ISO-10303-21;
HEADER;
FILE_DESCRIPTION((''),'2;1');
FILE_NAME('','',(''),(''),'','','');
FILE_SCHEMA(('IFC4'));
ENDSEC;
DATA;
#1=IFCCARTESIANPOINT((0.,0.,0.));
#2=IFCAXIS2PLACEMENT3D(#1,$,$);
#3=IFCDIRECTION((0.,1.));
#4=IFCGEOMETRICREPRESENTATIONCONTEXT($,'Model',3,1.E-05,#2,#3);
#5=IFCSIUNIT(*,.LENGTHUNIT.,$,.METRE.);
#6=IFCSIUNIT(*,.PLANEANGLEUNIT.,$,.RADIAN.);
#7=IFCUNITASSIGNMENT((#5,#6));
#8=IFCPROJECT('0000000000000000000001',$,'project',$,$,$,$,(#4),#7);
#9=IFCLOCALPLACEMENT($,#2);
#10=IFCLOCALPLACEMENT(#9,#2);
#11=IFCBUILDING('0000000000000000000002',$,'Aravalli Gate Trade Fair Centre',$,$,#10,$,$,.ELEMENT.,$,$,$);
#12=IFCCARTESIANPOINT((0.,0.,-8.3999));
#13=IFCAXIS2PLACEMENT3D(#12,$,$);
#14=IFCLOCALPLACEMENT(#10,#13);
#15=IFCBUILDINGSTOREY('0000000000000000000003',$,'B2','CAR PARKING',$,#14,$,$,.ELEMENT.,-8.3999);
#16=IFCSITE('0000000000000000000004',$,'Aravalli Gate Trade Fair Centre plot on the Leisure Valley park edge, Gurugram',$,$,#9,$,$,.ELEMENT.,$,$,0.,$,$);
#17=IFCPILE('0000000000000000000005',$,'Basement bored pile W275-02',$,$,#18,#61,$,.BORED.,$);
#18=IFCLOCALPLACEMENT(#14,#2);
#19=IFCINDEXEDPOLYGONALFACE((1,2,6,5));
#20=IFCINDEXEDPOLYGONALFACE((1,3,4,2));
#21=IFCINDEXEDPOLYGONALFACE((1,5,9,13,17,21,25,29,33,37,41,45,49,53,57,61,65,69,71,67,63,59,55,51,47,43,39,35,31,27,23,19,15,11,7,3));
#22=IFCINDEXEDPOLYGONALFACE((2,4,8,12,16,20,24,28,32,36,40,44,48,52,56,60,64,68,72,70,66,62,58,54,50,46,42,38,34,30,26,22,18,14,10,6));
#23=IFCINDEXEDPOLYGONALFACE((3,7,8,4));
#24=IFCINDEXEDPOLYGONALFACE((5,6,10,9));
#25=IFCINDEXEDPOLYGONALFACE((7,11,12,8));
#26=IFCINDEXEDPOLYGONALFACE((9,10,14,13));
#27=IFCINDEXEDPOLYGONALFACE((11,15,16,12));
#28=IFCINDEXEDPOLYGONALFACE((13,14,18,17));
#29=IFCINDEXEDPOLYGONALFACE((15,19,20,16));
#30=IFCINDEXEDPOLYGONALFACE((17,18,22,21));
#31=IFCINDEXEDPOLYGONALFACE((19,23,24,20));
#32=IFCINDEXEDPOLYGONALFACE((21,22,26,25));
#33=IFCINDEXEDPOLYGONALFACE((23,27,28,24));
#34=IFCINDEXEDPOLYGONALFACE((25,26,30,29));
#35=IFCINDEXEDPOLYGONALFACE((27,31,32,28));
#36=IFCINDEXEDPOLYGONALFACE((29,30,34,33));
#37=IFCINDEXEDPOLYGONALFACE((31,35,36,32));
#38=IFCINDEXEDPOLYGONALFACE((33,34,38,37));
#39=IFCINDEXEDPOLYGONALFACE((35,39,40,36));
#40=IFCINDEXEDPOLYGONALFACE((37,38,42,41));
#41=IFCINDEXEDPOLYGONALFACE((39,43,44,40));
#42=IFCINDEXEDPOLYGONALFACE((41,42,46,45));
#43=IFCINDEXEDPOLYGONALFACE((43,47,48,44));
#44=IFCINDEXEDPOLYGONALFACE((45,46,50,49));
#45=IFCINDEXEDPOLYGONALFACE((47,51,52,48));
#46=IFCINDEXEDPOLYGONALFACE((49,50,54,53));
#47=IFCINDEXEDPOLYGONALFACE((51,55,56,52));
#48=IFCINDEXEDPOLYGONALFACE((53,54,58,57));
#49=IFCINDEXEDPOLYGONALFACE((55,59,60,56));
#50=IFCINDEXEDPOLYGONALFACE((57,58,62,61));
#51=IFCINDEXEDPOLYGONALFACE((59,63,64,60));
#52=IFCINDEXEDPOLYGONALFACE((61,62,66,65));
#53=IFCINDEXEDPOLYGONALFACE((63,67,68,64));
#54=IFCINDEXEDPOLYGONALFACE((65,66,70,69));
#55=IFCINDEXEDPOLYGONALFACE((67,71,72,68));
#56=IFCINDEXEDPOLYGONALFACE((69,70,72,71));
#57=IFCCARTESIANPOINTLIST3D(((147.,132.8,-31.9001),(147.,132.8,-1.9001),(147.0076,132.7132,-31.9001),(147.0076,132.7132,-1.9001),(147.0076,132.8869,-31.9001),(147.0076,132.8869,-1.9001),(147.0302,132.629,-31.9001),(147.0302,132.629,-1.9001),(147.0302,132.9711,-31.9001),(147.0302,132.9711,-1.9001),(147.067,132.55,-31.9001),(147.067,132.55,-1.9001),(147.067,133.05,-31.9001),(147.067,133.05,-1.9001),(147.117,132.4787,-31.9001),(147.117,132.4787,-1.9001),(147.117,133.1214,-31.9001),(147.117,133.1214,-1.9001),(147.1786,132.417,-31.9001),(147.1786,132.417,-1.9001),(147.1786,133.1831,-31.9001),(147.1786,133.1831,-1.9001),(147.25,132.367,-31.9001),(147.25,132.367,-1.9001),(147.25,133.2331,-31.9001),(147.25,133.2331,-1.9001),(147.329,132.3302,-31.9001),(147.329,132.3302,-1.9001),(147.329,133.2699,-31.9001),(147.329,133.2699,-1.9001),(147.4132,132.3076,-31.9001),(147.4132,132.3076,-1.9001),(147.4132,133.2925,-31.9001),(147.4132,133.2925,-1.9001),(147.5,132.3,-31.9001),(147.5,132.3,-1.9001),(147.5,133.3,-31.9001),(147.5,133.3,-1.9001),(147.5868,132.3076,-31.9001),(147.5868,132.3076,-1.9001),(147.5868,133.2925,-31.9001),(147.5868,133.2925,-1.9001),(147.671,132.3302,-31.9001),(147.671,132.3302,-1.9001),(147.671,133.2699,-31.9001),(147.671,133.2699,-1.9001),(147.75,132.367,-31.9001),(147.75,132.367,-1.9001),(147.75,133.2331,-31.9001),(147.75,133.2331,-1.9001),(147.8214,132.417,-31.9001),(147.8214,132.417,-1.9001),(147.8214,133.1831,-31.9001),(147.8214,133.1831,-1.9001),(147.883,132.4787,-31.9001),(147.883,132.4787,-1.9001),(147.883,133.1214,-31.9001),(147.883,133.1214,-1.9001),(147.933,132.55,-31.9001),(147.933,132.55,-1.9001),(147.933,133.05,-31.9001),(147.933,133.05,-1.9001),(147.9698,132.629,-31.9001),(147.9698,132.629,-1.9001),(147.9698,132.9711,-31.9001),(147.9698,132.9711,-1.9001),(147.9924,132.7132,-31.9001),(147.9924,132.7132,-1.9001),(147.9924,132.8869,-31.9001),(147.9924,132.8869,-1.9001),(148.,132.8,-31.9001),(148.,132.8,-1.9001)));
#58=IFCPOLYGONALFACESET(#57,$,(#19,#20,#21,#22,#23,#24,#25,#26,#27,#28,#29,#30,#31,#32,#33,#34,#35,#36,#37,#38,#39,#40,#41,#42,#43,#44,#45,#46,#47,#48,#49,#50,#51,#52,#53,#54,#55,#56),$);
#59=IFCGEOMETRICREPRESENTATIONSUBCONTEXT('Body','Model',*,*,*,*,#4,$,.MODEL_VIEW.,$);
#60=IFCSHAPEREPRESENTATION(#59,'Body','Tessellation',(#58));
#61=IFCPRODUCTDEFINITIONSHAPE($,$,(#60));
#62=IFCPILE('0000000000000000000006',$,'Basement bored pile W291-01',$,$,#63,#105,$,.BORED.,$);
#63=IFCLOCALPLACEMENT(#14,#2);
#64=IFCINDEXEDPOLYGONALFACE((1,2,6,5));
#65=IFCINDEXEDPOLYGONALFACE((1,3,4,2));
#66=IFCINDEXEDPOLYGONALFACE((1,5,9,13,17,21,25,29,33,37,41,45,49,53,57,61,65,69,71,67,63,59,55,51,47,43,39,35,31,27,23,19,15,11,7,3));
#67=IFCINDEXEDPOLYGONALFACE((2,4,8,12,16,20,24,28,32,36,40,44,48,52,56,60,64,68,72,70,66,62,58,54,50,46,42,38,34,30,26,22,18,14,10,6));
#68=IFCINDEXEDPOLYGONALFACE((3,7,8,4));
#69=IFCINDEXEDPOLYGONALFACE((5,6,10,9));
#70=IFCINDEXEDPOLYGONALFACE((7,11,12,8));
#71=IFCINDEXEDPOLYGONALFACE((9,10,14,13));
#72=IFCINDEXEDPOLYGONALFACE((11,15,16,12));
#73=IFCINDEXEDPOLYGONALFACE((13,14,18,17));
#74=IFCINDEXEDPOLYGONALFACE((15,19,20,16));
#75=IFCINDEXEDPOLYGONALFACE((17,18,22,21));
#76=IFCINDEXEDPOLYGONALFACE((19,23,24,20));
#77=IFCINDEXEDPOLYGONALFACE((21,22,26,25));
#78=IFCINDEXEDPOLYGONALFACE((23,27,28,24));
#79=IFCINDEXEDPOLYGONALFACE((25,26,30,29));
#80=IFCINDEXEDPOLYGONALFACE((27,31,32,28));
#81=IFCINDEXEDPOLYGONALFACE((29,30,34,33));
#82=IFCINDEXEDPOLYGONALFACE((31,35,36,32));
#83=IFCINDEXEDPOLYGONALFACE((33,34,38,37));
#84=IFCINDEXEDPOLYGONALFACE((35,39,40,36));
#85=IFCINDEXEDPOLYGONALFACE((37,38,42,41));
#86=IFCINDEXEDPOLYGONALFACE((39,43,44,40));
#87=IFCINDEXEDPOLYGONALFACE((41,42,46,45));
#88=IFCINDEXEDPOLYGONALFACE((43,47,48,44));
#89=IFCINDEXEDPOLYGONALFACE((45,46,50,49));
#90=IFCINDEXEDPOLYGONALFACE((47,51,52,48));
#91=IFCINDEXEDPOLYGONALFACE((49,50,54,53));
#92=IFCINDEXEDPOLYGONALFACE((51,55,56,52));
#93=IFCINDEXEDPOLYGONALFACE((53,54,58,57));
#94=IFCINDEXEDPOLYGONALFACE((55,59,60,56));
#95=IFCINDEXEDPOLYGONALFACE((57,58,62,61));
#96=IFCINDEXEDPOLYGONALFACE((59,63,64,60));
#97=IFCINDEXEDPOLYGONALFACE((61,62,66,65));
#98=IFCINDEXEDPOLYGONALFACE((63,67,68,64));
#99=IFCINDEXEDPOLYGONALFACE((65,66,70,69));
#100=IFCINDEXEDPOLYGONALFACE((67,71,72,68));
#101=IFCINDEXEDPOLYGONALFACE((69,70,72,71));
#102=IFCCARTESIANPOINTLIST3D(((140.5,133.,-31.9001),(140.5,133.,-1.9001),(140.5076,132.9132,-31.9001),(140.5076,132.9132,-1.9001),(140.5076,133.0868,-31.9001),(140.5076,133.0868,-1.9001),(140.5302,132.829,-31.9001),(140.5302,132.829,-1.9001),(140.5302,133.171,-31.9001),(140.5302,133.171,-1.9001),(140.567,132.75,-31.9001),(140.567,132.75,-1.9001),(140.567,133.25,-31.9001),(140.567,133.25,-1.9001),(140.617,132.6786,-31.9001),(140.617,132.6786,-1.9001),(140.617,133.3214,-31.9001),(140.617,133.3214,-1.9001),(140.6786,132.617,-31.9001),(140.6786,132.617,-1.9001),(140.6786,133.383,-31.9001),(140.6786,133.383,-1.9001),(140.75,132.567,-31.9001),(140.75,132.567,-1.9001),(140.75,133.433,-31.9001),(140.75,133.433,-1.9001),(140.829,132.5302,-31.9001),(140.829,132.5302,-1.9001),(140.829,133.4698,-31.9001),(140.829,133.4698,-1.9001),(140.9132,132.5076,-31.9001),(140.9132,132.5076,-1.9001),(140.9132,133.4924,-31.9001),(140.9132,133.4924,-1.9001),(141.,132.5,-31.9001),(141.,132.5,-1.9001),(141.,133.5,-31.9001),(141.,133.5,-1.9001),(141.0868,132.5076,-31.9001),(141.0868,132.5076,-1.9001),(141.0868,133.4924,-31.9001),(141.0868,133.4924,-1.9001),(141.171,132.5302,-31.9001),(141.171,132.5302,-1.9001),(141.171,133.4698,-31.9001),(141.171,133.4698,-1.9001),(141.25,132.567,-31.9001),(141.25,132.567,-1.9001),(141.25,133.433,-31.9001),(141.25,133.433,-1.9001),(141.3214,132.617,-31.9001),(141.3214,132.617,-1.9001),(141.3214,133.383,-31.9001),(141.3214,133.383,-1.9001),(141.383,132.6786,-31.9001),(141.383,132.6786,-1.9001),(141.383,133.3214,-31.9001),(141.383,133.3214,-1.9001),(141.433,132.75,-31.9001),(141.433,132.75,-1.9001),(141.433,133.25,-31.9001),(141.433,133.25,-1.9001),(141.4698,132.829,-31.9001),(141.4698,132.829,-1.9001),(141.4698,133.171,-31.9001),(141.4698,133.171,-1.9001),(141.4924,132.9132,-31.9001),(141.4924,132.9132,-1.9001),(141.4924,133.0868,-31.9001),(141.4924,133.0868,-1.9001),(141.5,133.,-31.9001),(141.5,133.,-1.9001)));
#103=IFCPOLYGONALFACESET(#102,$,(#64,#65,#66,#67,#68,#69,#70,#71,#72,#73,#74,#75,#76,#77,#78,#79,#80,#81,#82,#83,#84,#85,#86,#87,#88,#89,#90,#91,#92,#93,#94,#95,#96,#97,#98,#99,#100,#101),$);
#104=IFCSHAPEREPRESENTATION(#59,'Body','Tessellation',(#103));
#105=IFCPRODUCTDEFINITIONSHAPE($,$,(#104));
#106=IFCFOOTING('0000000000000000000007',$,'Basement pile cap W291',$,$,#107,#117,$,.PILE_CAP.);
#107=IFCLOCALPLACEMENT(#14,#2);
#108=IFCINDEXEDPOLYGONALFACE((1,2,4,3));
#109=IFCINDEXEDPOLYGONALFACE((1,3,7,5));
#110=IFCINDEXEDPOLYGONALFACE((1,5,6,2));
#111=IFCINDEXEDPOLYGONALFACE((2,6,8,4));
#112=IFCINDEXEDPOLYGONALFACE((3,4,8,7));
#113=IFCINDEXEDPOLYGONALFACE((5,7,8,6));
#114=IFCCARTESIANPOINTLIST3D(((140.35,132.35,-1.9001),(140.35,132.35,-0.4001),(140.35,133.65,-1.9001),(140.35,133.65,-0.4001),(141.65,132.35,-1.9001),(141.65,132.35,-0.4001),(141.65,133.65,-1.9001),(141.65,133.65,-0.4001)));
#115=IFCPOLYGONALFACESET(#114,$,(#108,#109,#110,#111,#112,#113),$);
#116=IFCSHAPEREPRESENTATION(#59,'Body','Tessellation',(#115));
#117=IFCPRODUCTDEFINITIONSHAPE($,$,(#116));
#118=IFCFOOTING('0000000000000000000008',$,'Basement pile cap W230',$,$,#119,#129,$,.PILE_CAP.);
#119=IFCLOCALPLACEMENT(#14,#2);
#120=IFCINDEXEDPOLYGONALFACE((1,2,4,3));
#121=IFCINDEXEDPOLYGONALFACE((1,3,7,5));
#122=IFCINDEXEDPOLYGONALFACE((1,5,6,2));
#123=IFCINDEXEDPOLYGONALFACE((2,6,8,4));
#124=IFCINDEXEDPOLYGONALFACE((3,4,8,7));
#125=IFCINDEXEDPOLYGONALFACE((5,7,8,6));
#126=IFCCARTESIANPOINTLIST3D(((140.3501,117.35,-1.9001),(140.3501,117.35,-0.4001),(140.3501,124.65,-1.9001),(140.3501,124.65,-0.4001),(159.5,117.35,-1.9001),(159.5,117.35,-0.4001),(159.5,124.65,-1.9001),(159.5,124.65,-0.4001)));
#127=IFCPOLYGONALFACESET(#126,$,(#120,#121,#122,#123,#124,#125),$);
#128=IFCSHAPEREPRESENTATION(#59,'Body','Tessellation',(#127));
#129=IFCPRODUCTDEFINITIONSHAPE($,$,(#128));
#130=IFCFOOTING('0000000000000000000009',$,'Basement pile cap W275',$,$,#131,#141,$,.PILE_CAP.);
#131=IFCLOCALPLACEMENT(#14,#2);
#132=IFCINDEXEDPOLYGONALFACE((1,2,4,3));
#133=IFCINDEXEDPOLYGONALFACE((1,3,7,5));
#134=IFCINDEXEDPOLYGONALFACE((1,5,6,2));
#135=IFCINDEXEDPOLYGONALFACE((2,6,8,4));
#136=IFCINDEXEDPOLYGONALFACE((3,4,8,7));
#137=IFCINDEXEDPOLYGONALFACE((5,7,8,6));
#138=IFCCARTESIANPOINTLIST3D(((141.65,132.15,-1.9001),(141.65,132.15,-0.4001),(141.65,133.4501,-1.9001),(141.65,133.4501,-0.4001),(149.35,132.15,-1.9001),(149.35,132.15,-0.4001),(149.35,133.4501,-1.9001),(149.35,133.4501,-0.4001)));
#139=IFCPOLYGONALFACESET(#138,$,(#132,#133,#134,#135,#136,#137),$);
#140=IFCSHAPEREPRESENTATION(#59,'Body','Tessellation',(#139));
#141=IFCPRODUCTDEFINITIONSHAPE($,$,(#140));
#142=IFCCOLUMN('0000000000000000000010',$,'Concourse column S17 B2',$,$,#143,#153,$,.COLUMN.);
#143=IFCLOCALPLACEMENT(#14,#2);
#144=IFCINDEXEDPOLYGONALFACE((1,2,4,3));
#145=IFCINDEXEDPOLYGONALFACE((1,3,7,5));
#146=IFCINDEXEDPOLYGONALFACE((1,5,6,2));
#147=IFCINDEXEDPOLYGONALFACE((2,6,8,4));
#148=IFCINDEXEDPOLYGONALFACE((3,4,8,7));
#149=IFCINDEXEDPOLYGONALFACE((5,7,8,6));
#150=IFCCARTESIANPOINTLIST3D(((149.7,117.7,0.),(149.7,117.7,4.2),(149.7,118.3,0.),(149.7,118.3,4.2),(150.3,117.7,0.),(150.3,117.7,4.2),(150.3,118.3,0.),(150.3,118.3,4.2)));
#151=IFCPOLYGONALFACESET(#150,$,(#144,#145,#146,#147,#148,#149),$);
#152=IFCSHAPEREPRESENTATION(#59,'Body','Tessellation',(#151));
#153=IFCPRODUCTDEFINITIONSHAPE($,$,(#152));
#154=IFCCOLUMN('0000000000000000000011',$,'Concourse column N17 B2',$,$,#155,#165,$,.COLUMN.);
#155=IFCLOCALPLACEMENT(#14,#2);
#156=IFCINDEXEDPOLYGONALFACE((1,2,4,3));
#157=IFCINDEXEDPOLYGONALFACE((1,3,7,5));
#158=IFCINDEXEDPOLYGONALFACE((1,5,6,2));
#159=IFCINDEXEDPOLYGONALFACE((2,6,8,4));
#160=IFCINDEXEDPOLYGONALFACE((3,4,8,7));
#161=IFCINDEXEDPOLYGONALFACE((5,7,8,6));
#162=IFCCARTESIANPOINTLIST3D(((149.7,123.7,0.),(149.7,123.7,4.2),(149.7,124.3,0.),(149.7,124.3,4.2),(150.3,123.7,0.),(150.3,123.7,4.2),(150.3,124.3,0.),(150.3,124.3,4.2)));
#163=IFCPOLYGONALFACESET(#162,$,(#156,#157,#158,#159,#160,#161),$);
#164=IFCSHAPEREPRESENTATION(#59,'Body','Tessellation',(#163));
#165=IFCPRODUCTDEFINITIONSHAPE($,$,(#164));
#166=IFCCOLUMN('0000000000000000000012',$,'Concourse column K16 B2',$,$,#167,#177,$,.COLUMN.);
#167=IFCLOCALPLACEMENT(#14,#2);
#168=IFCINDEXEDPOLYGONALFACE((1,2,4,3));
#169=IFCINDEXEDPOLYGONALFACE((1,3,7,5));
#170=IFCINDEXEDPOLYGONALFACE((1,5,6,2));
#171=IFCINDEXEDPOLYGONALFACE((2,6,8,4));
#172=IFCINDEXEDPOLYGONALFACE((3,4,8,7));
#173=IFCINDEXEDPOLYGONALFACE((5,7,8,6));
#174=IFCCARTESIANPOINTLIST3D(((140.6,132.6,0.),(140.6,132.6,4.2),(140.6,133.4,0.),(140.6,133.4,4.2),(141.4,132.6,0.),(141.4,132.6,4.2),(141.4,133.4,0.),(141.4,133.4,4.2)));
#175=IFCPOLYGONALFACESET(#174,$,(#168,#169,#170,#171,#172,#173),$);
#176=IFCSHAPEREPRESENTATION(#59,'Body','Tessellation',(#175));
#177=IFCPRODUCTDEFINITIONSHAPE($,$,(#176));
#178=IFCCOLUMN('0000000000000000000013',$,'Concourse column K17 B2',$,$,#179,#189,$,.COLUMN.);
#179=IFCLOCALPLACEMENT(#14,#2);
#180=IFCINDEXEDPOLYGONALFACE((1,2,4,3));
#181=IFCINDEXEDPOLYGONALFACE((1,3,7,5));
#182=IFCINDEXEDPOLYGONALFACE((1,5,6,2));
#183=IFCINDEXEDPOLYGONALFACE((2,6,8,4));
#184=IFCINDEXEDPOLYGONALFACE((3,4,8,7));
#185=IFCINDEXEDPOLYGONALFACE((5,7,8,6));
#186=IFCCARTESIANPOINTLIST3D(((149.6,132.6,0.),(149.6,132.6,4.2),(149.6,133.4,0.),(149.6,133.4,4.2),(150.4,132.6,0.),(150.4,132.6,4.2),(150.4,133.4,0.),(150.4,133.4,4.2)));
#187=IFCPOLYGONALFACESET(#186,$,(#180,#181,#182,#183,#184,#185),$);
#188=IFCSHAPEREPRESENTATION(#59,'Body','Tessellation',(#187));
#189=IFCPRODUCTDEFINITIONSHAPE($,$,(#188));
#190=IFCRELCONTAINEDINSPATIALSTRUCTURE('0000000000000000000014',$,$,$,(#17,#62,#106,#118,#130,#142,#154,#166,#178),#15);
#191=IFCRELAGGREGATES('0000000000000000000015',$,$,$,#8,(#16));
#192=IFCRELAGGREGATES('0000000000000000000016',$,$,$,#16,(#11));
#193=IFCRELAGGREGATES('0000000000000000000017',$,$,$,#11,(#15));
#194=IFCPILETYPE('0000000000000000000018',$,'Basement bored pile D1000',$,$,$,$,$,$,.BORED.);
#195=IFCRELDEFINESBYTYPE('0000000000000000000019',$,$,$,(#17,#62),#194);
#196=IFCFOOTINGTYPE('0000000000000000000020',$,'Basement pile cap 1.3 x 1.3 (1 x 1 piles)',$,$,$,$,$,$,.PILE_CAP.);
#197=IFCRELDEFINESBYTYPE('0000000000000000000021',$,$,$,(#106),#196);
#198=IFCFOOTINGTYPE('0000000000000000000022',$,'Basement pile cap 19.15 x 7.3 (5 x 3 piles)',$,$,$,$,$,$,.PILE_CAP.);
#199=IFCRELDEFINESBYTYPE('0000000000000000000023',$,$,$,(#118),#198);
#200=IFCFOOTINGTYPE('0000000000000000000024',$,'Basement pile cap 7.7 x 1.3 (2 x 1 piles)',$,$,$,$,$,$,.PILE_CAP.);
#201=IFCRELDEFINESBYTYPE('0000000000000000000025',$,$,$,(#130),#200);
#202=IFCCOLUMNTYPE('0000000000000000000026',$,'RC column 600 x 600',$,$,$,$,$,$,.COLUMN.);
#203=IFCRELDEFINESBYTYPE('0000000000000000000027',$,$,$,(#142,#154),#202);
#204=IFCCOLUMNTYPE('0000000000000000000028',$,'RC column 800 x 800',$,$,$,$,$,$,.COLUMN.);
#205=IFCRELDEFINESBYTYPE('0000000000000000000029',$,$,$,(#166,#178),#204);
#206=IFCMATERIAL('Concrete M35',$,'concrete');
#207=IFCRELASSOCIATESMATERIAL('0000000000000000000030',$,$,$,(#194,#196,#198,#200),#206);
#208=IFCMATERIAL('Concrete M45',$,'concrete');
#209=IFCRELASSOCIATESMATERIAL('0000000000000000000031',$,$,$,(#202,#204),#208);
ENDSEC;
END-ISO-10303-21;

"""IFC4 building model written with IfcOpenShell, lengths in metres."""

from ifc_helpers import new_model, si_unit, direction, frame, origin, origin_2d, place, context, subcontext, project, spatial, rectangle, circle, extrude, material, material_profile, profile_set, type_object, element, save


model = new_model("IFC4")

# Units and contexts
model_context = context("Model", 3, precision=1e-05, world=origin(), true_north=direction((0.0, 1.0)))
body_context = subcontext(model_context, "Body", "Model", "MODEL_VIEW")
ifc_project = project(units=[si_unit("LENGTHUNIT", "METRE"), si_unit("PLANEANGLEUNIT", "RADIAN")], contexts=[model_context])

# Site, building, storey
site_placement = place(None, origin())
site = spatial("IfcSite", under=ifc_project, at=site_placement, Name="Aravalli Gate Trade Fair Centre plot on the Leisure Valley park edge, Gurugram", CompositionType="ELEMENT", RefElevation=0.0)
building_placement = place(site_placement, origin())
building = spatial("IfcBuilding", under=site, at=building_placement, Name="Aravalli Gate Trade Fair Centre", CompositionType="ELEMENT")
storey_placement = place(building_placement, frame((0.0, 0.0, -8.3999)))
storey = spatial("IfcBuildingStorey", under=building, at=storey_placement, Name="B2", Description="CAR PARKING", CompositionType="ELEMENT", Elevation=-8.3999)

# Piles
ifc_material_1 = material(Name="Concrete M35", Category="concrete")
ifc_material_profile_1 = material_profile(ifc_material_1, circle(Radius=0.5, at=origin_2d()), Name="D1000")
ifc_profile_set_1 = profile_set([ifc_material_profile_1], Name="Concrete M35")
pile_type = type_object("IfcPileType", Name="Basement bored pile D1000", PredefinedType="BORED", material=ifc_profile_set_1)
for number, where, z_axis, x_axis, name in (
    (1, (147.5, 132.8, -1.9001), (0.0, 0.0, -1.0), (1.0, 0.0, 0.0), "Basement bored pile W275-02"),
    (2, (141.0, 133.0, -1.9001), (0.0, 0.0, -1.0), (1.0, 0.0, 0.0), "Basement bored pile W291-01"),
):
    element("IfcPile", number, at=place(storey_placement, frame(where, z_axis=z_axis, x_axis=x_axis)), inside=storey, type_object=pile_type, Name=name, PredefinedType="BORED", context=body_context, shape_type="SweptSolid", body=[
        extrude(circle(Radius=0.5, at=origin_2d()), origin(), (0.0, 0.0, 1.0), 30.0),
    ])

# Footings
footing_type_1 = type_object("IfcFootingType", Name="Basement pile cap 1.3 x 1.3 (1 x 1 piles)", PredefinedType="PILE_CAP", material=ifc_material_1)
footing_1_placement = place(storey_placement, frame((141.0, 133.0, -1.9001), z_axis=(0.0, 0.0, 1.0), x_axis=(1.0, 0.0, 0.0)))
element("IfcFooting", 3, at=footing_1_placement, inside=storey, type_object=footing_type_1, Name="Basement pile cap W291", PredefinedType="PILE_CAP", context=body_context, shape_type="SweptSolid", body=[
    extrude(rectangle(XDim=1.3, YDim=1.3, at=origin_2d()), origin(), (0.0, 0.0, 1.0), 1.5),
])
footing_type_2 = type_object("IfcFootingType", Name="Basement pile cap 19.15 x 7.3 (5 x 3 piles)", PredefinedType="PILE_CAP", material=ifc_material_1)
footing_2_placement = place(storey_placement, frame((149.925, 121.0, -1.9001), z_axis=(0.0, 0.0, 1.0), x_axis=(1.0, 0.0, 0.0)))
element("IfcFooting", 4, at=footing_2_placement, inside=storey, type_object=footing_type_2, Name="Basement pile cap W230", PredefinedType="PILE_CAP", context=body_context, shape_type="SweptSolid", body=[
    extrude(rectangle(XDim=19.1499, YDim=7.3, at=origin_2d()), origin(), (0.0, 0.0, 1.0), 1.5),
])
footing_type_3 = type_object("IfcFootingType", Name="Basement pile cap 7.7 x 1.3 (2 x 1 piles)", PredefinedType="PILE_CAP", material=ifc_material_1)
footing_3_placement = place(storey_placement, frame((145.5, 132.8, -1.9001), z_axis=(0.0, 0.0, 1.0), x_axis=(1.0, 0.0, 0.0)))
element("IfcFooting", 5, at=footing_3_placement, inside=storey, type_object=footing_type_3, Name="Basement pile cap W275", PredefinedType="PILE_CAP", context=body_context, shape_type="SweptSolid", body=[
    extrude(rectangle(XDim=7.7, YDim=1.3, at=origin_2d()), origin(), (0.0, 0.0, 1.0), 1.5),
])

# Columns
ifc_material_2 = material(Name="Concrete M45", Category="concrete")
ifc_material_profile_2 = material_profile(ifc_material_2, rectangle(XDim=0.6001, YDim=0.6001, at=origin_2d()), Name="RC column 600 x 600")
ifc_profile_set_2 = profile_set([ifc_material_profile_2], Name="Concrete M45")
column_type_1 = type_object("IfcColumnType", Name="RC column 600 x 600", PredefinedType="COLUMN", material=ifc_profile_set_2)
for number, where, z_axis, x_axis, name in (
    (6, (150.0, 118.0, 0.0), (0.0, 0.0, 1.0), (1.0, 0.0, 0.0), "Concourse column S17 B2"),
    (7, (150.0, 124.0, 0.0), (0.0, 0.0, 1.0), (1.0, 0.0, 0.0), "Concourse column N17 B2"),
):
    element("IfcColumn", number, at=place(storey_placement, frame(where, z_axis=z_axis, x_axis=x_axis)), inside=storey, type_object=column_type_1, Name=name, PredefinedType="COLUMN", context=body_context, shape_type="SweptSolid", body=[
        extrude(rectangle(XDim=0.6001, YDim=0.6001, at=origin_2d()), origin(), (0.0, 0.0, 1.0), 4.2),
    ])
ifc_material_profile_3 = material_profile(ifc_material_2, rectangle(XDim=0.8, YDim=0.8, at=origin_2d()), Name="RC column 800 x 800")
ifc_profile_set_3 = profile_set([ifc_material_profile_3], Name="Concrete M45")
column_type_2 = type_object("IfcColumnType", Name="RC column 800 x 800", PredefinedType="COLUMN", material=ifc_profile_set_3)
for number, where, z_axis, x_axis, name in (
    (8, (141.0, 133.0, 0.0), (0.0, 0.0, 1.0), (1.0, 0.0, 0.0), "Concourse column K16 B2"),
    (9, (150.0, 133.0, 0.0), (0.0, 0.0, 1.0), (1.0, 0.0, 0.0), "Concourse column K17 B2"),
):
    element("IfcColumn", number, at=place(storey_placement, frame(where, z_axis=z_axis, x_axis=x_axis)), inside=storey, type_object=column_type_2, Name=name, PredefinedType="COLUMN", context=body_context, shape_type="SweptSolid", body=[
        extrude(rectangle(XDim=0.8, YDim=0.8, at=origin_2d()), origin(), (0.0, 0.0, 1.0), 4.2),
    ])

save(model, "model.ifc")
